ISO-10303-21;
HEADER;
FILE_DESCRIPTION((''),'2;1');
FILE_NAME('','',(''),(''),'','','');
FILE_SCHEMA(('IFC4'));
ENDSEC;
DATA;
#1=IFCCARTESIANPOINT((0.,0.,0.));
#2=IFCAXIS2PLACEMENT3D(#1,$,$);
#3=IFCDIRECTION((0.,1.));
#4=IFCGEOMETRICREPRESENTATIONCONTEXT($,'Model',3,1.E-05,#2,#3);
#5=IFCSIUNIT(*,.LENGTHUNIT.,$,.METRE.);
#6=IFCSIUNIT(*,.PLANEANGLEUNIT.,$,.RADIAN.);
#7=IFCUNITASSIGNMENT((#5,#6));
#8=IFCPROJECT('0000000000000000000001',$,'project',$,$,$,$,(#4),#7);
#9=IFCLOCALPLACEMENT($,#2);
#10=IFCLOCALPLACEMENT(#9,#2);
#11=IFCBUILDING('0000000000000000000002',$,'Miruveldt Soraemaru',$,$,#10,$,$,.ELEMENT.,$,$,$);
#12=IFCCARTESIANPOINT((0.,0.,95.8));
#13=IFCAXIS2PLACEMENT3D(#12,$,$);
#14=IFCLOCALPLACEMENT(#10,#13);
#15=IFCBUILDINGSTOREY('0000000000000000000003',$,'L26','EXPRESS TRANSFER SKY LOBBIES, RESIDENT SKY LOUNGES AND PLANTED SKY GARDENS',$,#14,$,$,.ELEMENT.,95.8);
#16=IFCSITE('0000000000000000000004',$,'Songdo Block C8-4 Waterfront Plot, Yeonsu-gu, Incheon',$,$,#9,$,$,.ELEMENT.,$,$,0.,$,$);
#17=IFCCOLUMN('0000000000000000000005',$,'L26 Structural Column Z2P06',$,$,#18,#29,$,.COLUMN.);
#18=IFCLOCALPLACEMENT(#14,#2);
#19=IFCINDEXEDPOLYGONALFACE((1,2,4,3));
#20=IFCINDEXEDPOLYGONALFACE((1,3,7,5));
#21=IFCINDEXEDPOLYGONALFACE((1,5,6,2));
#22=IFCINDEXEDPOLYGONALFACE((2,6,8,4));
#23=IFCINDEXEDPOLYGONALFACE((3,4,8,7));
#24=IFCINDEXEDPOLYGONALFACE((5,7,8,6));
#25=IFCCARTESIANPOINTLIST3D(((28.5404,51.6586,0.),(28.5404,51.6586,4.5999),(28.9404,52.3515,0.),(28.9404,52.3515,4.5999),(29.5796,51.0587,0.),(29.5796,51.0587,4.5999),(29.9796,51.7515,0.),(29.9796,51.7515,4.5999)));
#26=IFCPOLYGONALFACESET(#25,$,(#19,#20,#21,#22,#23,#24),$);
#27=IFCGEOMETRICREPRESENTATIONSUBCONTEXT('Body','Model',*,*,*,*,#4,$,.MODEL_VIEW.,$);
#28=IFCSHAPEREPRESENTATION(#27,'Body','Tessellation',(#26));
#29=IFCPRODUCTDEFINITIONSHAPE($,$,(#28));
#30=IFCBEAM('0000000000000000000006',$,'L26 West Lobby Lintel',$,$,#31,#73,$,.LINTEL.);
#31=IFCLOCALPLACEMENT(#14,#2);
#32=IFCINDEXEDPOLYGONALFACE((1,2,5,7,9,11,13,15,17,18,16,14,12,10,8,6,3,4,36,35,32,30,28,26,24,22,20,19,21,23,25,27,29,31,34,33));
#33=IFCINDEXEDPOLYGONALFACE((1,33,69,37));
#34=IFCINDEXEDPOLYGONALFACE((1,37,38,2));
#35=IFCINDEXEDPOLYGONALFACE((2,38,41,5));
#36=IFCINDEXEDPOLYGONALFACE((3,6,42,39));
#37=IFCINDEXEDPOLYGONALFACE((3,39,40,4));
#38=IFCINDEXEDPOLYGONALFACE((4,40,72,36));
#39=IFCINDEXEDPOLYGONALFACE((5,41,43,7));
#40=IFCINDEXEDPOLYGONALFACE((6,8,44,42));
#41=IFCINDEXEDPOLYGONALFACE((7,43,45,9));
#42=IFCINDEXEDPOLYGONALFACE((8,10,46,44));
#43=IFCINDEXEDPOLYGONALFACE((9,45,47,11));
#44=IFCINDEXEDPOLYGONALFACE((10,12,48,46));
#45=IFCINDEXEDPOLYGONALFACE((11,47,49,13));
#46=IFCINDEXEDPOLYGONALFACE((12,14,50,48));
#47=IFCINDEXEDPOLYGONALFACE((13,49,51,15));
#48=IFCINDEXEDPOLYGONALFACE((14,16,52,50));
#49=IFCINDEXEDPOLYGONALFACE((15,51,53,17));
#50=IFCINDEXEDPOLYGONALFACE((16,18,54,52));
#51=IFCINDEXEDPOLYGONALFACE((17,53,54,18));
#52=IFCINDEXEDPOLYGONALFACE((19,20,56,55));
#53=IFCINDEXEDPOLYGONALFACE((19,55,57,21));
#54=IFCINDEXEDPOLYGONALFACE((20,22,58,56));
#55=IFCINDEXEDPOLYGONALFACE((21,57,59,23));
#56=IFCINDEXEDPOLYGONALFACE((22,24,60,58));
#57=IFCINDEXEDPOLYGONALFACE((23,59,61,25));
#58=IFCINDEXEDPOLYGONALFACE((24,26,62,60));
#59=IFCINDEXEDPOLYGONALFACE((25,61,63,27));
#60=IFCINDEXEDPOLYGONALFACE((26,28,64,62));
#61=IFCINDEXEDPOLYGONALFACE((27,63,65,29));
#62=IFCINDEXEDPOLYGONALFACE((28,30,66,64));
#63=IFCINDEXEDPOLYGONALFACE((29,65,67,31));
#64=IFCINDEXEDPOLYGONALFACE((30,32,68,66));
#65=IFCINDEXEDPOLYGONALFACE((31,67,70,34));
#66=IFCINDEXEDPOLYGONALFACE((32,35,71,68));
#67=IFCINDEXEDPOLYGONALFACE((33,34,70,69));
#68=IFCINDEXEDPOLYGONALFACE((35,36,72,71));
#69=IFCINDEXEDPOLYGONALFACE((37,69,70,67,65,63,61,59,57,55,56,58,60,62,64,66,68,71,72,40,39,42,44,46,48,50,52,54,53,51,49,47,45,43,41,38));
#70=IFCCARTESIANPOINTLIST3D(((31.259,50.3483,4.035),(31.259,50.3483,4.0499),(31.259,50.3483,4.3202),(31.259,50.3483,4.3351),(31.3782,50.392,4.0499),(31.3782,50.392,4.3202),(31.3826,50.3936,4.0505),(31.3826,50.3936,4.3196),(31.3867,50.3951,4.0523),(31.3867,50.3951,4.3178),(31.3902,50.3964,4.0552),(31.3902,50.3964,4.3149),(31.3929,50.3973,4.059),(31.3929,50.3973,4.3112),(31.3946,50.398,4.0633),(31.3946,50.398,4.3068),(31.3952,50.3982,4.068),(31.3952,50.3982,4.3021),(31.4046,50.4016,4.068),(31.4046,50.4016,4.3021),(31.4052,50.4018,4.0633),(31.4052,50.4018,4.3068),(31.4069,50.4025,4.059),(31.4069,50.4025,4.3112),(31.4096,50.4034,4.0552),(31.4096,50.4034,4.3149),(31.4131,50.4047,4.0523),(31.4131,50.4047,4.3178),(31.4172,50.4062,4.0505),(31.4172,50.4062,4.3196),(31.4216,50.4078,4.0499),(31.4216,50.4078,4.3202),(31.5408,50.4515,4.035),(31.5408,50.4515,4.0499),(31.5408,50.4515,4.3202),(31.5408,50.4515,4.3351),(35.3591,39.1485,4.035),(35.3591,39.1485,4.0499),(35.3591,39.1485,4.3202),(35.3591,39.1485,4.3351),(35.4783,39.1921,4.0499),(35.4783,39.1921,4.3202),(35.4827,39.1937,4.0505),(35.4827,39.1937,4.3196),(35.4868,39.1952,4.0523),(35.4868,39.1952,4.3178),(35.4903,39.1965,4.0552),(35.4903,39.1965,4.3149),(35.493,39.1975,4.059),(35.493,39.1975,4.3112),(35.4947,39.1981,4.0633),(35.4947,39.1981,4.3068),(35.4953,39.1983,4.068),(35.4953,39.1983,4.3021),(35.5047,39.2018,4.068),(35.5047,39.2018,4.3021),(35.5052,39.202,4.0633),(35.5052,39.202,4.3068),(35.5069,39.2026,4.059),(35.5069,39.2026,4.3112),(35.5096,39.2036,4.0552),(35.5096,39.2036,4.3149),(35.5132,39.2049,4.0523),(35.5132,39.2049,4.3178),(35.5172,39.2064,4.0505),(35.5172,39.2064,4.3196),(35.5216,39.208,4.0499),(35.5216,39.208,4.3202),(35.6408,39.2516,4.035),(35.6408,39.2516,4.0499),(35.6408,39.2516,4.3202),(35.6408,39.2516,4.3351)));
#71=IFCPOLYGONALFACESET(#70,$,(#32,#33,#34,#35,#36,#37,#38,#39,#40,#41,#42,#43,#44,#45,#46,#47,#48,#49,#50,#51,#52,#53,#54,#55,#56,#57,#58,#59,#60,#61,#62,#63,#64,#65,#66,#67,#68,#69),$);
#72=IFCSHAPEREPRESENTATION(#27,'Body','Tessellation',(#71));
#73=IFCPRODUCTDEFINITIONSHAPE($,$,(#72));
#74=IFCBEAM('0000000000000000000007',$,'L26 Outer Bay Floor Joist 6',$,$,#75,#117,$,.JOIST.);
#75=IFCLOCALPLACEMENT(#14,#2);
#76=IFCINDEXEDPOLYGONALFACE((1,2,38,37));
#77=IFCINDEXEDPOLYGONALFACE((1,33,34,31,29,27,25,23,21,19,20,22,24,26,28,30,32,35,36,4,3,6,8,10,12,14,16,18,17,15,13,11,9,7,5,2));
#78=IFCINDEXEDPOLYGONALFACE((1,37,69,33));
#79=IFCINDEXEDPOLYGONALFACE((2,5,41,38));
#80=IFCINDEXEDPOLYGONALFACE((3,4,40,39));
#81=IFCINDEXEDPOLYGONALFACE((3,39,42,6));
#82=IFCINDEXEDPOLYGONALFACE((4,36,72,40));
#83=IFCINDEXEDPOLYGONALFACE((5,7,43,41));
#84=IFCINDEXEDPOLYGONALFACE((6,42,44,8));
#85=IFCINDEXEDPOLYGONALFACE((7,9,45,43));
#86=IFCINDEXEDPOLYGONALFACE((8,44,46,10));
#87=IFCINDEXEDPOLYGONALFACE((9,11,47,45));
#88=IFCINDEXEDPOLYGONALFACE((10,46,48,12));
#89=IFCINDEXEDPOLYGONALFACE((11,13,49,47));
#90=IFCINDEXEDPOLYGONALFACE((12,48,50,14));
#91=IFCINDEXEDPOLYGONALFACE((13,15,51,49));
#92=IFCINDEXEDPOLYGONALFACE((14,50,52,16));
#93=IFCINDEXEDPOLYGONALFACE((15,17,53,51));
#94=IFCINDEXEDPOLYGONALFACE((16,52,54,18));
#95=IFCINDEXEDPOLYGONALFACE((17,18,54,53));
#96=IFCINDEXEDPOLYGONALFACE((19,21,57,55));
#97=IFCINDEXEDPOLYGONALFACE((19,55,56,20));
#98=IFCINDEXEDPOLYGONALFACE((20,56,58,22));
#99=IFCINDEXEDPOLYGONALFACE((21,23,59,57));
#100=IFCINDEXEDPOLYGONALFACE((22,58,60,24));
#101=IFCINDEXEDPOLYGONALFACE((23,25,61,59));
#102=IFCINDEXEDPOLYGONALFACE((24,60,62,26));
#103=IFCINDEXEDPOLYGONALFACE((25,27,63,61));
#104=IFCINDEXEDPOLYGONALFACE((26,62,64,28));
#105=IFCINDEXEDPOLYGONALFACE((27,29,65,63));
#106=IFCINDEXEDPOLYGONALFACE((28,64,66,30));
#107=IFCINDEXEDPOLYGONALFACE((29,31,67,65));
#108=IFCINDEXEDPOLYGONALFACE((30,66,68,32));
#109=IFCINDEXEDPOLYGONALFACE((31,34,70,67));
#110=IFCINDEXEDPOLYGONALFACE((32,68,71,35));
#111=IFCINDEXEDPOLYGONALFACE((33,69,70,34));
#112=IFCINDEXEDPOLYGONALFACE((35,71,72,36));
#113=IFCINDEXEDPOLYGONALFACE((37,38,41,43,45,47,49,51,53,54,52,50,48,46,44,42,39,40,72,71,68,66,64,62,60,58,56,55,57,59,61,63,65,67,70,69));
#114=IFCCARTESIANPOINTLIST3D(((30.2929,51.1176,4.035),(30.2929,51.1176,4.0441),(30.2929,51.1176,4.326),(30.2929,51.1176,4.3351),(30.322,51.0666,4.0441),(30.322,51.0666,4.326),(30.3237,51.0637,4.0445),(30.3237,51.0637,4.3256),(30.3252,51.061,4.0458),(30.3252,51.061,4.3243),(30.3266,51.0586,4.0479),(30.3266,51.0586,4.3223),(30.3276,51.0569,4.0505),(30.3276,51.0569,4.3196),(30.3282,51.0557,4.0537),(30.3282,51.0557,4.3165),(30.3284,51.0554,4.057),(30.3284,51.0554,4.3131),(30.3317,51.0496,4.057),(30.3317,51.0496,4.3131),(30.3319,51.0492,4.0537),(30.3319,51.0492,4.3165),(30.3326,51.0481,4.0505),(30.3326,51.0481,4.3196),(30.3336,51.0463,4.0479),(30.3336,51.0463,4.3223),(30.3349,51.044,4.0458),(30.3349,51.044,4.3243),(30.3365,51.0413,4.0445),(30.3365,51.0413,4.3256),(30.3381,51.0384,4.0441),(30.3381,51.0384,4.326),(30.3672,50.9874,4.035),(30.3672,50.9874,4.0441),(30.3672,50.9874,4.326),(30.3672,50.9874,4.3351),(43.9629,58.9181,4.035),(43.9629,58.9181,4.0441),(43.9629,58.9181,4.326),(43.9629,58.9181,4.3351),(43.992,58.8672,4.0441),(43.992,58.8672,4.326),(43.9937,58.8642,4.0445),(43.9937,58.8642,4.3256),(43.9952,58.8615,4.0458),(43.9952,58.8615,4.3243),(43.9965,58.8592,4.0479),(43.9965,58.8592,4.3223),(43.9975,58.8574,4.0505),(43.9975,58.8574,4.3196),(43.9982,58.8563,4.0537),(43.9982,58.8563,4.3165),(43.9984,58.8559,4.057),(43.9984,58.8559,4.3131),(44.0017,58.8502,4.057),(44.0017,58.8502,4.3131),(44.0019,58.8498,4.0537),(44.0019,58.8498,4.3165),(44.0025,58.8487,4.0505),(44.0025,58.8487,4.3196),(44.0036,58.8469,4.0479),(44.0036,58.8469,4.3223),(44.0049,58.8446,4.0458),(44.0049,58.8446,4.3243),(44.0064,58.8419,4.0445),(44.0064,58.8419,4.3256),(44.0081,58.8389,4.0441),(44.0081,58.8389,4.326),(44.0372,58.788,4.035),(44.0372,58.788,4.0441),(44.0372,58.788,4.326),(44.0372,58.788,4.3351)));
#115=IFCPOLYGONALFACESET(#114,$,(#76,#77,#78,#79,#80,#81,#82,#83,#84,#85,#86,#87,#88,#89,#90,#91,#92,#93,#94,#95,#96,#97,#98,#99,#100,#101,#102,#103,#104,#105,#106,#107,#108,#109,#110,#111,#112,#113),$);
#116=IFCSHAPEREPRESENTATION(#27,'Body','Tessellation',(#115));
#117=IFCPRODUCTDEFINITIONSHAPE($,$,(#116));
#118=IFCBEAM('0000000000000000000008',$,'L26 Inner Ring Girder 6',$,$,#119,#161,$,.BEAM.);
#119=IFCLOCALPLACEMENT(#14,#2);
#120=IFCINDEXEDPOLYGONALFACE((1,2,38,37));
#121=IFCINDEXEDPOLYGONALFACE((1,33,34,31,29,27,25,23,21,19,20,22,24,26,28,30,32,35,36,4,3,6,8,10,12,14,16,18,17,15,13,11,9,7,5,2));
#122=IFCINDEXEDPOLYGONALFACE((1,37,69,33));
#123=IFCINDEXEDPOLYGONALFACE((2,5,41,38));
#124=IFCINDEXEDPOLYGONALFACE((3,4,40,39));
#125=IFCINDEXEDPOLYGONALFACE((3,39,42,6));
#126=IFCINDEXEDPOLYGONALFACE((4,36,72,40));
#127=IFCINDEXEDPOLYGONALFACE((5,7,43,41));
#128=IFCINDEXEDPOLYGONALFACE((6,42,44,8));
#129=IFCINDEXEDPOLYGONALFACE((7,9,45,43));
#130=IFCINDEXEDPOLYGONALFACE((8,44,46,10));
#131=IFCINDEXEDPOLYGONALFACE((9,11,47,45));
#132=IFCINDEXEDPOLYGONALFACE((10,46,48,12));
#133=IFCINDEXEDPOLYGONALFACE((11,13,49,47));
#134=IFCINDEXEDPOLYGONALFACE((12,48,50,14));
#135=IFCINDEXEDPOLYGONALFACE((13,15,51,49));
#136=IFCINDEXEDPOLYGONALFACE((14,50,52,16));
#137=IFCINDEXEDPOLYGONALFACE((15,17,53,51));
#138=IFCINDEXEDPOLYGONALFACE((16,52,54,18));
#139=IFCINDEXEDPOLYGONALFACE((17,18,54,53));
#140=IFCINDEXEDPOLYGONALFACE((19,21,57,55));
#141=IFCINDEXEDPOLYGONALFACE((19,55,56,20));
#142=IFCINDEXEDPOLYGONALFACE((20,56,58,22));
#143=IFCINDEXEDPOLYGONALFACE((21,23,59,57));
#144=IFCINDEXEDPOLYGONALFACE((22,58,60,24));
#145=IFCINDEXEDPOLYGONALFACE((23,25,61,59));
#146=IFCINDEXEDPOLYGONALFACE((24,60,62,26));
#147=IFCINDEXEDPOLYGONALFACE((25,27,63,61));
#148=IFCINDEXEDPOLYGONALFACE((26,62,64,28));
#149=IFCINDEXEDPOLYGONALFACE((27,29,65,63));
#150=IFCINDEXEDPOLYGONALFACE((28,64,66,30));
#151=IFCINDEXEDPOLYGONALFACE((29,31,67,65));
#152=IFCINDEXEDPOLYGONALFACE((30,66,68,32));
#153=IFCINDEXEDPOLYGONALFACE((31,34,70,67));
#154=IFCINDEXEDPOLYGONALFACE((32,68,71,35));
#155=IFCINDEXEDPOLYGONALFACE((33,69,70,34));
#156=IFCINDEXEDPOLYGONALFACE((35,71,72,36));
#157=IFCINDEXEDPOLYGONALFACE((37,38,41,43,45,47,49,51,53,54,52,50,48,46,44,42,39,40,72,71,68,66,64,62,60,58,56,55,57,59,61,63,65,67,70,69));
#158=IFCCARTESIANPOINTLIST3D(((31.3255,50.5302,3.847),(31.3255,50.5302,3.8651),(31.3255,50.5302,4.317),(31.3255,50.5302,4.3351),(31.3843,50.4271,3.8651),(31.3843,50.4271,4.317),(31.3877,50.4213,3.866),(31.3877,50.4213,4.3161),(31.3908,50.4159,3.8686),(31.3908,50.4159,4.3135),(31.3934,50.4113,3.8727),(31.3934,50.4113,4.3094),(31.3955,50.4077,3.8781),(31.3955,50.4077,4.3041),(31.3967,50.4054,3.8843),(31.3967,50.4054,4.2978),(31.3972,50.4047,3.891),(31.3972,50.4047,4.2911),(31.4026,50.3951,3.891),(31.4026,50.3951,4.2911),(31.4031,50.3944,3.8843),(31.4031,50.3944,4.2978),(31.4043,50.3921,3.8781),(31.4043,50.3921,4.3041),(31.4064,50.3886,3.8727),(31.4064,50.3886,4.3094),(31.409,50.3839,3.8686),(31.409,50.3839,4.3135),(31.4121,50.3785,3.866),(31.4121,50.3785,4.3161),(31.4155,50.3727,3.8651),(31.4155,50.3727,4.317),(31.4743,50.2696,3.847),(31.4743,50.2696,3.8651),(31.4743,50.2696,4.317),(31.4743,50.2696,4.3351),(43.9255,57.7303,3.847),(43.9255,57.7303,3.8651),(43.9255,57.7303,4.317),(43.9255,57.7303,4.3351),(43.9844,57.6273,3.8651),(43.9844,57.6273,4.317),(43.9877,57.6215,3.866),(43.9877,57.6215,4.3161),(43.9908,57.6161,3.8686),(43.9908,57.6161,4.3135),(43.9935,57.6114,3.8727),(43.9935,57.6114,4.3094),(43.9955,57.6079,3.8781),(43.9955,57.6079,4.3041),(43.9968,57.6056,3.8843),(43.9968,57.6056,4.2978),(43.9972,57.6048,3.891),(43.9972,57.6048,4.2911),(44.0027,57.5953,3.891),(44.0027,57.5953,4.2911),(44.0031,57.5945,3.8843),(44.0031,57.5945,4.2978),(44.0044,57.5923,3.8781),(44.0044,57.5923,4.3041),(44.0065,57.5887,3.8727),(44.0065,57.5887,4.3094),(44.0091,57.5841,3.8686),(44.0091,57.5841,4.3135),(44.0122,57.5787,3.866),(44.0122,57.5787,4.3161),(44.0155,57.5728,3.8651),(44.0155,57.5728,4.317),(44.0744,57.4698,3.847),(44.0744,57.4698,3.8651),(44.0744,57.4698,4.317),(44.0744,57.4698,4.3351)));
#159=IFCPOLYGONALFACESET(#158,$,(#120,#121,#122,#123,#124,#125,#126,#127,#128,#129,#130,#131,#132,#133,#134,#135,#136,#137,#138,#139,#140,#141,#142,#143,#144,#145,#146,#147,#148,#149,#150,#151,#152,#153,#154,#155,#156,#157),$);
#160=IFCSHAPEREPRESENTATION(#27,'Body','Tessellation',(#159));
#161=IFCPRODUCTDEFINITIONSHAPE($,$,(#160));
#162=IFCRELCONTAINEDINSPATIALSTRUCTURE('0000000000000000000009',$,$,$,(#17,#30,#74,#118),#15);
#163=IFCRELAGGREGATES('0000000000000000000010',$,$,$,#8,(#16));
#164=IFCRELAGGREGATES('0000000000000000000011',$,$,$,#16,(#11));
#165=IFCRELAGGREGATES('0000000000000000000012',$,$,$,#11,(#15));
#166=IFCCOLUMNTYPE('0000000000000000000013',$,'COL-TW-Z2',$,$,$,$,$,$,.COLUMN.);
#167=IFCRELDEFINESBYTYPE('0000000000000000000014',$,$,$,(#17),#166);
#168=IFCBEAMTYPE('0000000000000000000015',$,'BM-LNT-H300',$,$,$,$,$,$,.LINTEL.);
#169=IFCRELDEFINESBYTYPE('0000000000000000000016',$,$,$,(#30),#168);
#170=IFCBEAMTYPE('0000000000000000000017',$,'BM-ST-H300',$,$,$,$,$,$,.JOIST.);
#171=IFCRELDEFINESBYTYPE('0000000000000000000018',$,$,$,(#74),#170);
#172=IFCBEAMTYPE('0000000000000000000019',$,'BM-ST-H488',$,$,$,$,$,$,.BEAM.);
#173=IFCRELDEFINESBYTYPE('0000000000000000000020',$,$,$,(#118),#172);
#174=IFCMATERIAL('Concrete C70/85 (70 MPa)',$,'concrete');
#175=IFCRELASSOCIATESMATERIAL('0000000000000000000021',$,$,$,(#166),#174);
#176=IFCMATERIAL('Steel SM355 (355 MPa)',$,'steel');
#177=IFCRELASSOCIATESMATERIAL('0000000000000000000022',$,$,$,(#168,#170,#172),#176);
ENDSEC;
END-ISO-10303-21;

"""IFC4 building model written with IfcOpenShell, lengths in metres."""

from ifc_helpers import new_model, si_unit, direction, frame, origin, origin_2d, place, context, subcontext, project, spatial, rectangle, i_section, extrude, material, material_profile, profile_set, type_object, element, save


model = new_model("IFC4")

# Units and contexts
model_context = context("Model", 3, precision=1e-05, world=origin(), true_north=direction((0.0, 1.0)))
body_context = subcontext(model_context, "Body", "Model", "MODEL_VIEW")
ifc_project = project(units=[si_unit("LENGTHUNIT", "METRE"), si_unit("PLANEANGLEUNIT", "RADIAN")], contexts=[model_context])

# Site, building, storey
site_placement = place(None, origin())
site = spatial("IfcSite", under=ifc_project, at=site_placement, Name="Songdo Block C8-4 Waterfront Plot, Yeonsu-gu, Incheon", CompositionType="ELEMENT", RefElevation=0.0)
building_placement = place(site_placement, origin())
building = spatial("IfcBuilding", under=site, at=building_placement, Name="Miruveldt Soraemaru", CompositionType="ELEMENT")
storey_placement = place(building_placement, frame((0.0, 0.0, 95.8)))
storey = spatial("IfcBuildingStorey", under=building, at=storey_placement, Name="L26", Description="EXPRESS TRANSFER SKY LOBBIES, RESIDENT SKY LOUNGES AND PLANTED SKY GARDENS", CompositionType="ELEMENT", Elevation=95.8)

# Column
ifc_material_1 = material(Name="Concrete C70/85 (70 MPa)", Category="concrete")
ifc_material_profile_1 = material_profile(ifc_material_1, rectangle(XDim=1.2, YDim=0.8, at=origin_2d()), Name="Concrete C70/85 (70 MPa)", Category="concrete")
ifc_profile_set_1 = profile_set([ifc_material_profile_1], Name="Concrete C70/85 (70 MPa)")
column_type = type_object("IfcColumnType", Name="COL-TW-Z2", PredefinedType="COLUMN", material=ifc_profile_set_1)
column_placement = place(storey_placement, frame((29.26, 51.7051, 0.0), z_axis=(0.0, 0.0, 1.0), x_axis=(-0.866025, 0.5, 0.0)))
element("IfcColumn", 1, at=column_placement, inside=storey, type_object=column_type, Name="L26 Structural Column Z2P06", PredefinedType="COLUMN", context=body_context, shape_type="SweptSolid", body=[
    extrude(rectangle(XDim=1.2, YDim=0.8, at=origin_2d()), origin(), (0.0, 0.0, 1.0), 4.5999),
])

# Beams
ifc_material_2 = material(Name="Steel SM355 (355 MPa)", Category="steel")
ifc_material_profile_2 = material_profile(ifc_material_2, i_section(OverallWidth=0.3, OverallDepth=0.3, WebThickness=0.01, FlangeThickness=0.0149, FilletRadius=0.0181, at=origin_2d()), Name="Steel SM355 (355 MPa)", Category="steel")
ifc_profile_set_2 = profile_set([ifc_material_profile_2], Name="Steel SM355 (355 MPa)")
beam_type_1 = type_object("IfcBeamType", Name="BM-LNT-H300", PredefinedType="LINTEL", material=ifc_profile_set_2)
beam_1_placement = place(storey_placement, frame((31.3999, 50.3999, 4.1851), z_axis=(0.34377, -0.939054, 0.0), x_axis=(0.939054, 0.34377, 0.0)))
element("IfcBeam", 2, at=beam_1_placement, inside=storey, type_object=beam_type_1, Name="L26 West Lobby Lintel", PredefinedType="LINTEL", context=body_context, shape_type="SweptSolid", body=[
    extrude(i_section(OverallWidth=0.3, OverallDepth=0.3, WebThickness=0.01, FlangeThickness=0.0149, FilletRadius=0.0181, at=origin_2d()), origin(), (0.0, 0.0, 1.0), 11.9268),
])
ifc_material_profile_3 = material_profile(ifc_material_2, i_section(OverallWidth=0.1499, OverallDepth=0.3, WebThickness=0.0066, FlangeThickness=0.009, FilletRadius=0.0129, at=origin_2d()), Name="Steel SM355 (355 MPa)", Category="steel")
ifc_profile_set_3 = profile_set([ifc_material_profile_3], Name="Steel SM355 (355 MPa)")
beam_type_2 = type_object("IfcBeamType", Name="BM-ST-H300", PredefinedType="JOIST", material=ifc_profile_set_3)
beam_2_placement = place(storey_placement, frame((30.3301, 51.0525, 4.1851), z_axis=(0.86854, 0.495619, 0.0), x_axis=(-0.495619, 0.86854, 0.0)))
element("IfcBeam", 3, at=beam_2_placement, inside=storey, type_object=beam_type_2, Name="L26 Outer Bay Floor Joist 6", PredefinedType="JOIST", context=body_context, shape_type="SweptSolid", body=[
    extrude(i_section(OverallWidth=0.1499, OverallDepth=0.3, WebThickness=0.0066, FlangeThickness=0.009, FilletRadius=0.0129, at=origin_2d()), origin(), (0.0, 0.0, 1.0), 15.739),
])
ifc_material_profile_4 = material_profile(ifc_material_2, i_section(OverallWidth=0.3, OverallDepth=0.488, WebThickness=0.011, FlangeThickness=0.0181, FilletRadius=0.0259, at=origin_2d()), Name="Steel SM355 (355 MPa)", Category="steel")
ifc_profile_set_4 = profile_set([ifc_material_profile_4], Name="Steel SM355 (355 MPa)")
beam_type_3 = type_object("IfcBeamType", Name="BM-ST-H488", PredefinedType="BEAM", material=ifc_profile_set_4)
beam_3_placement = place(storey_placement, frame((31.3999, 50.3999, 4.0911), z_axis=(0.868239, 0.496146, 0.0), x_axis=(-0.496146, 0.868239, 0.0)))
element("IfcBeam", 4, at=beam_3_placement, inside=storey, type_object=beam_type_3, Name="L26 Inner Ring Girder 6", PredefinedType="BEAM", context=body_context, shape_type="SweptSolid", body=[
    extrude(i_section(OverallWidth=0.3, OverallDepth=0.488, WebThickness=0.011, FlangeThickness=0.0181, FilletRadius=0.0259, at=origin_2d()), origin(), (0.0, 0.0, 1.0), 14.5122),
])

save(model, "model.ifc")
